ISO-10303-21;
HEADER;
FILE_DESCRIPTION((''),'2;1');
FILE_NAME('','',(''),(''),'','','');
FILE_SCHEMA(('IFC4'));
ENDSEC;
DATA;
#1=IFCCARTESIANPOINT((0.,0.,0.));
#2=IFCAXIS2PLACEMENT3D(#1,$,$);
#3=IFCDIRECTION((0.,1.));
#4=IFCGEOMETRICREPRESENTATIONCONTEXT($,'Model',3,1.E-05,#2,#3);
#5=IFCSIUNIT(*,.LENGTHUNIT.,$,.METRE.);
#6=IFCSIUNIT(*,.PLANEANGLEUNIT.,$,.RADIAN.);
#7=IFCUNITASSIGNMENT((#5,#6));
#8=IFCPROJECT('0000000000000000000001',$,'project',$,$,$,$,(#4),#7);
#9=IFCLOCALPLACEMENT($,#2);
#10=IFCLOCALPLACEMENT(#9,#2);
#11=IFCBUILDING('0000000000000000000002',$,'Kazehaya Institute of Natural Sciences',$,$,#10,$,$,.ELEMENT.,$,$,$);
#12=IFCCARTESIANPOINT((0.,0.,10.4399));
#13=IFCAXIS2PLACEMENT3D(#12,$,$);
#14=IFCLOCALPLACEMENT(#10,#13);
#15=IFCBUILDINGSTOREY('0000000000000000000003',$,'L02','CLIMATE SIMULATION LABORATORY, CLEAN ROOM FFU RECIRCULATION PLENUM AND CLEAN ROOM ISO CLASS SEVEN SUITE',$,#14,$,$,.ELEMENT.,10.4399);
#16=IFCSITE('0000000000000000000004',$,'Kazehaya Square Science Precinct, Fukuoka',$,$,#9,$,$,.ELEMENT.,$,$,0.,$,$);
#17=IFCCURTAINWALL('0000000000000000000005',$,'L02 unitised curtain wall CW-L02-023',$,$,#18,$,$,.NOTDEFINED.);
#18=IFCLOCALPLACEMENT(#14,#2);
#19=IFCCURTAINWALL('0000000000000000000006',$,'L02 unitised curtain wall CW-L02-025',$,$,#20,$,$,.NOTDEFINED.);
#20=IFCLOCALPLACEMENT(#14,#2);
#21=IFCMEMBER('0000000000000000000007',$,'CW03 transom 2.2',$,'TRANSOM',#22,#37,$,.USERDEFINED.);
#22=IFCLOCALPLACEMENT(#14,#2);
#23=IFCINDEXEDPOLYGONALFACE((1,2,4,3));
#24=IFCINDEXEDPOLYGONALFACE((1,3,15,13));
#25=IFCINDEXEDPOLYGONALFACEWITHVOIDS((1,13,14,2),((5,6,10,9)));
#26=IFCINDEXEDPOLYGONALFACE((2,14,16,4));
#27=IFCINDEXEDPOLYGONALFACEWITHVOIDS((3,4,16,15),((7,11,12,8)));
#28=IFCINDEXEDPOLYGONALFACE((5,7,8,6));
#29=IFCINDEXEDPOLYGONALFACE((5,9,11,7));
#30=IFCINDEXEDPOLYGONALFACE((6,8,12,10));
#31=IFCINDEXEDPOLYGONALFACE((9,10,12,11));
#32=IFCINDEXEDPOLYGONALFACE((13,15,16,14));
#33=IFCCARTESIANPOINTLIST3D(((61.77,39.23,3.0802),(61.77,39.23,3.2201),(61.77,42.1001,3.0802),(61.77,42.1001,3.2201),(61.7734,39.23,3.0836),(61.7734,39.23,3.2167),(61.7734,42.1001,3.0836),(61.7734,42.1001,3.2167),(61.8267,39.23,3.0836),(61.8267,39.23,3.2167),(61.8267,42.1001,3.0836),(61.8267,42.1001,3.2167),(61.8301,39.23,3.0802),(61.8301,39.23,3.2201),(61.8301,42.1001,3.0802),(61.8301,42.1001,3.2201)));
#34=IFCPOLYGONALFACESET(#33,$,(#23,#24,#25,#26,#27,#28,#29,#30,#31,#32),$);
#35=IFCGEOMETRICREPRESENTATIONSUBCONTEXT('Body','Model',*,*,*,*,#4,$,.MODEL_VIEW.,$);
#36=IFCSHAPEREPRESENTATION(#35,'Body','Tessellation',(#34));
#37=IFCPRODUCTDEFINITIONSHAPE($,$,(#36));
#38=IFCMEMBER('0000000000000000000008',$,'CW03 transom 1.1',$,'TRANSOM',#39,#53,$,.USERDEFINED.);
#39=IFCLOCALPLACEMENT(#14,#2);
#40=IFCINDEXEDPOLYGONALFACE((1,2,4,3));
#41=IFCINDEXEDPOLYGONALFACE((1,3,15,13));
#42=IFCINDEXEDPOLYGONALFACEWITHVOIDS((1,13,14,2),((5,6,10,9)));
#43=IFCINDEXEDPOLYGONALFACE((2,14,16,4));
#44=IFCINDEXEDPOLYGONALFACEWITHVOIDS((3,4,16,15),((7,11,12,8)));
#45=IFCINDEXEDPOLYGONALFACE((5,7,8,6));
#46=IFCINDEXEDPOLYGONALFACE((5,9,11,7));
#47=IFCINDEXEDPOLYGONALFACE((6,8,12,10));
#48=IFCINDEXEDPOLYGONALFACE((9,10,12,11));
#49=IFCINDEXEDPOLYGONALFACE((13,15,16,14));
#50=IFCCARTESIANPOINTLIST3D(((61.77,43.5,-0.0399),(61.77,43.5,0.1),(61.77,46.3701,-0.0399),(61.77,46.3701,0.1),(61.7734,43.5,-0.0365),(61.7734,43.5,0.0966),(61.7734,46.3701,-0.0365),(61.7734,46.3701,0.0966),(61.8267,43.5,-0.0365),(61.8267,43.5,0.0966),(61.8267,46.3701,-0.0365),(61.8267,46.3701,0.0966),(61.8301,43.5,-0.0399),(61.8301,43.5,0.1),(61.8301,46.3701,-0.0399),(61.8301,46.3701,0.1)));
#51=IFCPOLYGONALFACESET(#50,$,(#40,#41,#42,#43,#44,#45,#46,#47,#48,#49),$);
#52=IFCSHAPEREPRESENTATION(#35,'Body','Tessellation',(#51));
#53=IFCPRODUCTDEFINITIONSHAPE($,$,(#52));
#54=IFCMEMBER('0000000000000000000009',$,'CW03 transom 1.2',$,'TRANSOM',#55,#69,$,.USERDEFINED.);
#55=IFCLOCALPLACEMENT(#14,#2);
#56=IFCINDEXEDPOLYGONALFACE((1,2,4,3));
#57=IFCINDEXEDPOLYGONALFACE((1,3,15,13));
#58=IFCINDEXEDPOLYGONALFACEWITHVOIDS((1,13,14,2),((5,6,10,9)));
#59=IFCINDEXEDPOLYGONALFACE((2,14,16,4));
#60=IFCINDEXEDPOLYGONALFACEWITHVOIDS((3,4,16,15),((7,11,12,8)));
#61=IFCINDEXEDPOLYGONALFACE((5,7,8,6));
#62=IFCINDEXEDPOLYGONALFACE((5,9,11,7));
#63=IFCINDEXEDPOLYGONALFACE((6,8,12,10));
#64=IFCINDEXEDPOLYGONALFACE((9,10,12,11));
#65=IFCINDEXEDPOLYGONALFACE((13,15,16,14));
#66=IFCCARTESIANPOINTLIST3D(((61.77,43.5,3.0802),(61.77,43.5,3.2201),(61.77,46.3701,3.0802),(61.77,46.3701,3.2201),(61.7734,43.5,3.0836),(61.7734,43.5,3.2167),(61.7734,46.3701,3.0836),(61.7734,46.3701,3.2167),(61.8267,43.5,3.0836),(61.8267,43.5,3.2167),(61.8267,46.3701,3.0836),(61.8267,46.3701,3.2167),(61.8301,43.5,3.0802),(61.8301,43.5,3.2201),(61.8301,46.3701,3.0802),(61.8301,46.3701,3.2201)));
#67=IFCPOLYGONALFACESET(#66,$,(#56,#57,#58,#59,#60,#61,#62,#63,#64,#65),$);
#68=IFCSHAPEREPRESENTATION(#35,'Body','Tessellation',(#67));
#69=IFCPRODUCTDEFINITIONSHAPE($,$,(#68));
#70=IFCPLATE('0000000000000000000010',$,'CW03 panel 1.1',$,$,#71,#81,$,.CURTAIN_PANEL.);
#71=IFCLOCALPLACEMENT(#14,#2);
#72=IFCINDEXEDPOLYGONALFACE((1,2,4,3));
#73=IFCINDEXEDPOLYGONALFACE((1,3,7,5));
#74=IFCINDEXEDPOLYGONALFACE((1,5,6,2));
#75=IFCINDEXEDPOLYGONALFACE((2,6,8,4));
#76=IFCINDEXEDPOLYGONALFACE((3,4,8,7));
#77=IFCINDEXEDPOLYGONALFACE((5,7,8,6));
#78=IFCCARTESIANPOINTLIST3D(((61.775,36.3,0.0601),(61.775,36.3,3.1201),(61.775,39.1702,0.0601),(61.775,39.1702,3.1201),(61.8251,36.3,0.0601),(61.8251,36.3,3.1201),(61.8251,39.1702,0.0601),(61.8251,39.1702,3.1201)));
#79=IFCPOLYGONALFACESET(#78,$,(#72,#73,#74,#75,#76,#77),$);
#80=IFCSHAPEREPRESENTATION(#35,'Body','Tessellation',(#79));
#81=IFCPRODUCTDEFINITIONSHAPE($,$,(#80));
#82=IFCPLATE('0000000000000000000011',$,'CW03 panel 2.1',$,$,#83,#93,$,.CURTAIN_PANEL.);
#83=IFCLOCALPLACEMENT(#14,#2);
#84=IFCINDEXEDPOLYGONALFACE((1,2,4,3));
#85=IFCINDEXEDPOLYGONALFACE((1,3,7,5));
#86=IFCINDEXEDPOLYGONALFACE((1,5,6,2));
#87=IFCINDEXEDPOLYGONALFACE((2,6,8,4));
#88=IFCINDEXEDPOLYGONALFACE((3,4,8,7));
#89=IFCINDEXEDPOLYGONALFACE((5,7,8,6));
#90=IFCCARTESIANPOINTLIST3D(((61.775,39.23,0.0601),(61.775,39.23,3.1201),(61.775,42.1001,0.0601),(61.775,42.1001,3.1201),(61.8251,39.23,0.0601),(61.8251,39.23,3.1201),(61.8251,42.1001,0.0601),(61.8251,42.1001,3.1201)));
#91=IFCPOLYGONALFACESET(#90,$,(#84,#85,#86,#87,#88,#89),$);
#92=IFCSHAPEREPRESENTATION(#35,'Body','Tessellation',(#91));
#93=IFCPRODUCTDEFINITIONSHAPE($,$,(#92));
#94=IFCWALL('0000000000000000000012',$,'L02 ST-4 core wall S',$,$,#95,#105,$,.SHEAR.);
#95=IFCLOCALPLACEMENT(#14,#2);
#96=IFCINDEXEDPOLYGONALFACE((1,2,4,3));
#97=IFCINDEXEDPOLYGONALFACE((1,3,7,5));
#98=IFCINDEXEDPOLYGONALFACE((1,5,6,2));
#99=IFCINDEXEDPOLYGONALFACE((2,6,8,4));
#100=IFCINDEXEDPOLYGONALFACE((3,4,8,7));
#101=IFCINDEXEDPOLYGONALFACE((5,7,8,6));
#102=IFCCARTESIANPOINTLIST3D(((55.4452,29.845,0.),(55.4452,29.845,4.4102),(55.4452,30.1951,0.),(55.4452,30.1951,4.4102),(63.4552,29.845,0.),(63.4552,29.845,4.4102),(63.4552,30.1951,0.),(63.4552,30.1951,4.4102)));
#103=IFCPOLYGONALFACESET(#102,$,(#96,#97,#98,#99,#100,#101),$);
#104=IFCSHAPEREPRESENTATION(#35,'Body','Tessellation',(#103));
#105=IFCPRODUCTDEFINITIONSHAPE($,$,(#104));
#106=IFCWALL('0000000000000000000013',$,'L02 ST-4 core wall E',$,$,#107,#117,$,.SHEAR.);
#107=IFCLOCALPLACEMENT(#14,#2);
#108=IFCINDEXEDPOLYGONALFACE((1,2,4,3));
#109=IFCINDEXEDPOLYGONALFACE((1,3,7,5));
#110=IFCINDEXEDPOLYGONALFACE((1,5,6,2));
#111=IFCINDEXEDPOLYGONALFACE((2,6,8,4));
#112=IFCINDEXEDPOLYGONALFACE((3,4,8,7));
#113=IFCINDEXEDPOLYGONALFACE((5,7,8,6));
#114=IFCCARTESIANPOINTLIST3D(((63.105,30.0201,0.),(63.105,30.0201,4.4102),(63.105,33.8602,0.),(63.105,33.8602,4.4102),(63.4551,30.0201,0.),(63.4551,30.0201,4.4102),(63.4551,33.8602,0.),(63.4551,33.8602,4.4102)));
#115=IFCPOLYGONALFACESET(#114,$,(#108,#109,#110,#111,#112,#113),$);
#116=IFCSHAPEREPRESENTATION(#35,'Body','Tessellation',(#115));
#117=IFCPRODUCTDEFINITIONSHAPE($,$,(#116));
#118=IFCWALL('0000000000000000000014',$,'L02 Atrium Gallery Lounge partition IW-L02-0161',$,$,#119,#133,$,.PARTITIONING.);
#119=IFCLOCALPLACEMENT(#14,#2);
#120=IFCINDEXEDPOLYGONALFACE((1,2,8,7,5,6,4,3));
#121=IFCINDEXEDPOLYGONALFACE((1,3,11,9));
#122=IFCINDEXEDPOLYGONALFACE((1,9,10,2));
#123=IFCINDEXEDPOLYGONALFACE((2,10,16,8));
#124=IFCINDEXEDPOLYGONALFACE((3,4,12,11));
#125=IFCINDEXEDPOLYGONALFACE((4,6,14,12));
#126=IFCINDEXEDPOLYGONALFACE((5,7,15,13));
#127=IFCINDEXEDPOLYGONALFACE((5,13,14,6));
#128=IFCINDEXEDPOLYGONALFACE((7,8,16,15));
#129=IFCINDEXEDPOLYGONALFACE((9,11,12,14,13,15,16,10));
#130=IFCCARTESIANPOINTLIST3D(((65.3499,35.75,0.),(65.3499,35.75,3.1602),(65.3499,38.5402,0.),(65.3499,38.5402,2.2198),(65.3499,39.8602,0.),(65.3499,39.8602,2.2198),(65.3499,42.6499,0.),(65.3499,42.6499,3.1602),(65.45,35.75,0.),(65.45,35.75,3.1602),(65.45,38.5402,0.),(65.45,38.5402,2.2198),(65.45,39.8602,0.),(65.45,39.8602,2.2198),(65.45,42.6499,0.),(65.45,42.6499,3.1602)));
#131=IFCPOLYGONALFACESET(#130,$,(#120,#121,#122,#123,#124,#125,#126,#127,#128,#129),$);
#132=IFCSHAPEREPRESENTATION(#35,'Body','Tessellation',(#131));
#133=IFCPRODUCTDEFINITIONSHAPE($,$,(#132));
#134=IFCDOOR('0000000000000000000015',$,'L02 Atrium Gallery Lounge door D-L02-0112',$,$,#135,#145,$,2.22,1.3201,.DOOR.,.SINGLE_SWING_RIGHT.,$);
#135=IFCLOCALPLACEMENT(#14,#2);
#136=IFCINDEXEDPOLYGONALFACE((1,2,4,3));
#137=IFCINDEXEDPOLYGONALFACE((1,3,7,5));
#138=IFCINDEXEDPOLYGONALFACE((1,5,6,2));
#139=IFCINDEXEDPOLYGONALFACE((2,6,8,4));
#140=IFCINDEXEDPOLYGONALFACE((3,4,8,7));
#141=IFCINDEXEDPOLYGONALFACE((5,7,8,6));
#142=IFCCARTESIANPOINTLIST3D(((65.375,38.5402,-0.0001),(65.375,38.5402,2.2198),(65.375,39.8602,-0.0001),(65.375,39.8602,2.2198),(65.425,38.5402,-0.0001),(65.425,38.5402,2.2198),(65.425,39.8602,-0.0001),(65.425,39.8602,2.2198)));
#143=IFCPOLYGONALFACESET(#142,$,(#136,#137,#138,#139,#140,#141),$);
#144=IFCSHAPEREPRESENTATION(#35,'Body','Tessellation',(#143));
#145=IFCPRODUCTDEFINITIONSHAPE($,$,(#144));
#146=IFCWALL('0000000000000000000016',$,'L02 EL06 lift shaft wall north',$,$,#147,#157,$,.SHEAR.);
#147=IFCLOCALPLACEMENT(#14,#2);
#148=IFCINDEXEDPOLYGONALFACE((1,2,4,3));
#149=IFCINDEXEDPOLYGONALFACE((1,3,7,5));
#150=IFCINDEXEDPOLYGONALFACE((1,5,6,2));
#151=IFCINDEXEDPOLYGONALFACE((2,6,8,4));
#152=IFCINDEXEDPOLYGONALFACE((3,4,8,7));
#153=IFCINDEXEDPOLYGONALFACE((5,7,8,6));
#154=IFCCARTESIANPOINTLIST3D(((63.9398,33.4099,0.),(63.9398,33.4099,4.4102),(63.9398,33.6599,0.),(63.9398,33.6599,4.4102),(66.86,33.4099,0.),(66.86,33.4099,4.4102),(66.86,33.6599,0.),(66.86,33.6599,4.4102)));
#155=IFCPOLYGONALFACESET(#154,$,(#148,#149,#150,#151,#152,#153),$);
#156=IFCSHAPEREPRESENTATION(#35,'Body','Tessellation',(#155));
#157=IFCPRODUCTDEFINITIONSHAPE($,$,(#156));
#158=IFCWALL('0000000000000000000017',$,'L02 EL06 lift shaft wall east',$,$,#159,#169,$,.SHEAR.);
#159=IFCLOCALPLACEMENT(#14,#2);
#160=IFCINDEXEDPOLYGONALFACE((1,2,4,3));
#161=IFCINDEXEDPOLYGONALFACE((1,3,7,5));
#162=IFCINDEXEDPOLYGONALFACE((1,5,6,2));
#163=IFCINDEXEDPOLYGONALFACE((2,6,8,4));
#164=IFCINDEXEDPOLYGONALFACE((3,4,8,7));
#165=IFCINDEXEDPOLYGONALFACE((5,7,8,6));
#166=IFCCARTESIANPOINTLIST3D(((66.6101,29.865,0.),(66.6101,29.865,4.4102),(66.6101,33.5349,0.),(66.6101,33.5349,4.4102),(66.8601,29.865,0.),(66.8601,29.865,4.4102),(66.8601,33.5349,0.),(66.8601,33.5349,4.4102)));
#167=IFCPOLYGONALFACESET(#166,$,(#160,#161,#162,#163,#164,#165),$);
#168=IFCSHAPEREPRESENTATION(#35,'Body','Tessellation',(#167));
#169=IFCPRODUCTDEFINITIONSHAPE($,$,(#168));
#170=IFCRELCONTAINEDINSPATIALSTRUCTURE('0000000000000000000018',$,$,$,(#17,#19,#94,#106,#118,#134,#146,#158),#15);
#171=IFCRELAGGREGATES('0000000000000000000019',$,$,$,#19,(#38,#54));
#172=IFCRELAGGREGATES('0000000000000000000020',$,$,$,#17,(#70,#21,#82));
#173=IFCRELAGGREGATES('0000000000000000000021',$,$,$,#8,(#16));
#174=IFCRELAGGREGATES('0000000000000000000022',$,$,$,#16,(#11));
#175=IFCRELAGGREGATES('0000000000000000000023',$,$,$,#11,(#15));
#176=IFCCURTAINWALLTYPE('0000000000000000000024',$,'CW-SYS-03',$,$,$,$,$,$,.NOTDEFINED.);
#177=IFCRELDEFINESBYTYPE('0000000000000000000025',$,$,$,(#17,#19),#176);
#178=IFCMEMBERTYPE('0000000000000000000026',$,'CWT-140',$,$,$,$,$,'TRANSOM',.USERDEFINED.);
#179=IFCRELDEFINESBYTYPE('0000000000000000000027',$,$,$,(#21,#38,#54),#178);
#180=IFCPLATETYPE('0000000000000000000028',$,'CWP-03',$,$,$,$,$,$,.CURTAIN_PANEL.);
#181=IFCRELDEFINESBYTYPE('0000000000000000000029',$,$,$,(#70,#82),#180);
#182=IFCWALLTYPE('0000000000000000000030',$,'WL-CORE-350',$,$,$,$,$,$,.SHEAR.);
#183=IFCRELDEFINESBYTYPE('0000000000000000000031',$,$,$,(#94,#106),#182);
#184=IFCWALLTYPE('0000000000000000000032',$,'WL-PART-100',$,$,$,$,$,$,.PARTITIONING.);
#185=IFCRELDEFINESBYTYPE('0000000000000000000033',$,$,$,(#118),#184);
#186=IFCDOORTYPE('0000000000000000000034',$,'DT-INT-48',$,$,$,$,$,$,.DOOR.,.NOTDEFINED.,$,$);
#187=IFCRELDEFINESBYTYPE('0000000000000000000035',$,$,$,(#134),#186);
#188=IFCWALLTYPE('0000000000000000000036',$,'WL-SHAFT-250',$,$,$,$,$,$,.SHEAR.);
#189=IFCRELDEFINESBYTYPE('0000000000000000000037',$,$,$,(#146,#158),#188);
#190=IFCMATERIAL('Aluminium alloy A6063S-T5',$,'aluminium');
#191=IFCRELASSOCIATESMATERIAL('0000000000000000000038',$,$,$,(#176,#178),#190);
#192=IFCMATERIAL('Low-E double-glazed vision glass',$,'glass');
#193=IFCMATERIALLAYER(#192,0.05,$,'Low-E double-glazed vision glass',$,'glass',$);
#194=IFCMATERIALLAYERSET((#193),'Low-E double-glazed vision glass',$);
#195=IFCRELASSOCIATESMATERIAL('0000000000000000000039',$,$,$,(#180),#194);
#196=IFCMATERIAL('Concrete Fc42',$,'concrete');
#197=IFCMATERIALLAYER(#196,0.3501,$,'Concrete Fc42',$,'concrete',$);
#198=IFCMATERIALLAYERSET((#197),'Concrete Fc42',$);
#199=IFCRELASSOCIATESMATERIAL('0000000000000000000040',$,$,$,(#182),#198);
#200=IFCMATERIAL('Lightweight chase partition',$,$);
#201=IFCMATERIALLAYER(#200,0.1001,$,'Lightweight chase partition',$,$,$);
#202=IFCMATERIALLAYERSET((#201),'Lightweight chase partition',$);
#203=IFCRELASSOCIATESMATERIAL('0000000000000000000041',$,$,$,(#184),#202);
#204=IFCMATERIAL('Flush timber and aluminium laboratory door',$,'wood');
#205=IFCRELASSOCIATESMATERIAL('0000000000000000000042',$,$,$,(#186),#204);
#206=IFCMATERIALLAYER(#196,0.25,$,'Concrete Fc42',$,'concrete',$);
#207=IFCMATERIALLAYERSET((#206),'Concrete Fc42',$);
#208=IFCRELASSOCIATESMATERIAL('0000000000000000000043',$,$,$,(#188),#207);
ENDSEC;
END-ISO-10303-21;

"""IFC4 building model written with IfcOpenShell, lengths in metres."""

from ifc_helpers import new_model, si_unit, direction, frame, frame_2d, origin, origin_2d, place, context, subcontext, project, spatial, rectangle, hollow_rectangle, extrude, material, layer, layer_set, material_profile, profile_set, type_object, element, fill, aggregate, save


model = new_model("IFC4")

# Units and contexts
model_context = context("Model", 3, precision=1e-05, world=origin(), true_north=direction((0.0, 1.0)))
body_context = subcontext(model_context, "Body", "Model", "MODEL_VIEW")
ifc_project = project(units=[si_unit("LENGTHUNIT", "METRE"), si_unit("PLANEANGLEUNIT", "RADIAN")], contexts=[model_context])

# Site, building, storey
site_placement = place(None, origin())
site = spatial("IfcSite", under=ifc_project, at=site_placement, Name="Kazehaya Square Science Precinct, Fukuoka", CompositionType="ELEMENT", RefElevation=0.0)
building_placement = place(site_placement, origin())
building = spatial("IfcBuilding", under=site, at=building_placement, Name="Kazehaya Institute of Natural Sciences", CompositionType="ELEMENT")
storey_placement = place(building_placement, frame((0.0, 0.0, 10.4399)))
storey = spatial("IfcBuildingStorey", under=building, at=storey_placement, Name="L02", Description="CLIMATE SIMULATION LABORATORY, CLEAN ROOM FFU RECIRCULATION PLENUM AND CLEAN ROOM ISO CLASS SEVEN SUITE", CompositionType="ELEMENT", Elevation=10.4399)

# Shared definitions
ifc_material_1 = material(Name="Concrete Fc42", Category="concrete")

# Curtain wall
ifc_material_2 = material(Name="Aluminium alloy A6063S-T5", Category="aluminium")
curtain_wall_type = type_object("IfcCurtainWallType", Name="CW-SYS-03", PredefinedType="NOTDEFINED", material=ifc_material_2)
curtain_wall_1_placement = place(storey_placement, origin())
curtain_wall_1 = element("IfcCurtainWall", 1, at=curtain_wall_1_placement, inside=storey, type_object=curtain_wall_type, Name="L02 unitised curtain wall CW-L02-023", PredefinedType="NOTDEFINED")

# Curtain wall
curtain_wall_2_placement = place(storey_placement, origin())
curtain_wall_2 = element("IfcCurtainWall", 2, at=curtain_wall_2_placement, inside=storey, type_object=curtain_wall_type, Name="L02 unitised curtain wall CW-L02-025", PredefinedType="NOTDEFINED")

# Members
ifc_material_profile_1 = material_profile(ifc_material_2, hollow_rectangle(XDim=0.0601, YDim=0.1399, WallThickness=0.0034, at=origin_2d()), Name="ALU-60x140x3.5")
ifc_profile_set_1 = profile_set([ifc_material_profile_1], Name="Aluminium alloy A6063S-T5")
member_type_1 = type_object("IfcMemberType", Name="CWT-140", ElementType="TRANSOM", PredefinedType="USERDEFINED", material=ifc_profile_set_1)
member_1_placement = place(storey_placement, frame((61.8, 39.23, 3.1501), z_axis=(0.0, 1.0, 0.0), x_axis=(-1.0, 0.0, 0.0)))
member_1 = element("IfcMember", 3, at=member_1_placement, type_object=member_type_1, Name="CW03 transom 2.2", ObjectType="TRANSOM", PredefinedType="USERDEFINED", context=body_context, shape_type="SweptSolid", body=[
    extrude(hollow_rectangle(XDim=0.0601, YDim=0.1399, WallThickness=0.0034, at=origin_2d()), origin(), (0.0, 0.0, 1.0), 2.8701),
])
member_2_placement = place(storey_placement, frame((61.8, 43.5, 0.03), z_axis=(0.0, 1.0, 0.0), x_axis=(-1.0, 0.0, 0.0)))
member_2 = element("IfcMember", 4, at=member_2_placement, type_object=member_type_1, Name="CW03 transom 1.1", ObjectType="TRANSOM", PredefinedType="USERDEFINED", context=body_context, shape_type="SweptSolid", body=[
    extrude(hollow_rectangle(XDim=0.0601, YDim=0.1399, WallThickness=0.0034, at=origin_2d()), origin(), (0.0, 0.0, 1.0), 2.8701),
])
member_3_placement = place(storey_placement, frame((61.8, 43.5, 3.1501), z_axis=(0.0, 1.0, 0.0), x_axis=(-1.0, 0.0, 0.0)))
member_3 = element("IfcMember", 5, at=member_3_placement, type_object=member_type_1, Name="CW03 transom 1.2", ObjectType="TRANSOM", PredefinedType="USERDEFINED", context=body_context, shape_type="SweptSolid", body=[
    extrude(hollow_rectangle(XDim=0.0601, YDim=0.1399, WallThickness=0.0034, at=origin_2d()), origin(), (0.0, 0.0, 1.0), 2.8701),
])
aggregate(curtain_wall_2, [member_2, member_3])

# Plates
ifc_material_3 = material(Name="Low-E double-glazed vision glass", Category="glass")
ifc_layer_1 = layer(ifc_material_3, 0.05, Name="Low-E double-glazed vision glass", Category="glass")
ifc_layer_set_1 = layer_set([ifc_layer_1], Name="Low-E double-glazed vision glass")
plate_type = type_object("IfcPlateType", Name="CWP-03", PredefinedType="CURTAIN_PANEL", material=ifc_layer_set_1)
plate_1_placement = place(storey_placement, frame((61.8, 37.7351, 0.0601), z_axis=(0.0, 0.0, 1.0), x_axis=(0.0, 1.0, 0.0)))
plate_1 = element("IfcPlate", 6, at=plate_1_placement, type_object=plate_type, Name="CW03 panel 1.1", PredefinedType="CURTAIN_PANEL", context=body_context, shape_type="SweptSolid", body=[
    extrude(rectangle(XDim=2.8701, YDim=0.05, at=origin_2d()), origin(), (0.0, 0.0, 1.0), 3.0601),
])
plate_2_placement = place(storey_placement, frame((61.8, 40.665, 0.0601), z_axis=(0.0, 0.0, 1.0), x_axis=(0.0, 1.0, 0.0)))
plate_2 = element("IfcPlate", 7, at=plate_2_placement, type_object=plate_type, Name="CW03 panel 2.1", PredefinedType="CURTAIN_PANEL", context=body_context, shape_type="SweptSolid", body=[
    extrude(rectangle(XDim=2.8701, YDim=0.05, at=origin_2d()), origin(), (0.0, 0.0, 1.0), 3.0601),
])
aggregate(curtain_wall_1, [plate_1, member_1, plate_2])

# Walls
ifc_layer_2 = layer(ifc_material_1, 0.3501, Name="Concrete Fc42", Category="concrete")
ifc_layer_set_2 = layer_set([ifc_layer_2], Name="Concrete Fc42")
wall_type_1 = type_object("IfcWallType", Name="WL-CORE-350", PredefinedType="SHEAR", material=ifc_layer_set_2)
wall_1_placement = place(storey_placement, frame((63.4551, 30.02, 0.0), z_axis=(0.0, 0.0, 1.0), x_axis=(-1.0, 0.0, 0.0)))
element("IfcWall", 8, at=wall_1_placement, inside=storey, type_object=wall_type_1, Name="L02 ST-4 core wall S", PredefinedType="SHEAR", context=body_context, shape_type="SweptSolid", body=[
    extrude(rectangle(XDim=8.01, YDim=0.3501, at=frame_2d((4.0049, 0.0))), origin(), (0.0, 0.0, 1.0), 4.4102),
])
wall_2_placement = place(storey_placement, frame((63.28, 33.8601, 0.0), z_axis=(0.0, 0.0, 1.0), x_axis=(0.0, -1.0, 0.0)))
element("IfcWall", 9, at=wall_2_placement, inside=storey, type_object=wall_type_1, Name="L02 ST-4 core wall E", PredefinedType="SHEAR", context=body_context, shape_type="SweptSolid", body=[
    extrude(rectangle(XDim=3.8401, YDim=0.3501, at=frame_2d((1.9199, 0.0))), origin(), (0.0, 0.0, 1.0), 4.4102),
])

# Wall, opening, door
ifc_material_4 = material(Name="Lightweight chase partition")
ifc_layer_3 = layer(ifc_material_4, 0.1001, Name="Lightweight chase partition")
ifc_layer_set_3 = layer_set([ifc_layer_3], Name="Lightweight chase partition")
wall_type_2 = type_object("IfcWallType", Name="WL-PART-100", PredefinedType="PARTITIONING", material=ifc_layer_set_3)
wall_3_placement = place(storey_placement, frame((65.3999, 35.75, 0.0), z_axis=(0.0, 0.0, 1.0), x_axis=(0.0, 1.0, 0.0)))
wall_3 = element("IfcWall", 10, at=wall_3_placement, inside=storey, type_object=wall_type_2, Name="L02 Atrium Gallery Lounge partition IW-L02-0161", PredefinedType="PARTITIONING", context=body_context, shape_type="SweptSolid", body=[
    extrude(rectangle(XDim=6.8999, YDim=0.1001, at=frame_2d((3.45, 0.0))), origin(), (0.0, 0.0, 1.0), 3.1602),
])
opening_placement = place(wall_3_placement, frame((2.79, 0.0, 0.0)))
opening = element("IfcOpeningElement", 11, at=opening_placement, cuts=wall_3, PredefinedType="OPENING", context=body_context, shape_type="SweptSolid", body=[
    extrude(rectangle(XDim=1.3201, YDim=2.22, at=frame_2d((0.6602, 1.1099))), frame((0.0, 0.0601, 0.0), z_axis=(0.0, -1.0, 0.0), x_axis=(1.0, 0.0, 0.0)), (0.0, 0.0, 1.0), 0.1201),
])
ifc_material_5 = material(Name="Flush timber and aluminium laboratory door", Category="wood")
door_type = type_object("IfcDoorType", Name="DT-INT-48", OperationType="NOTDEFINED", PredefinedType="DOOR", material=ifc_material_5)
door_placement = place(opening_placement, origin())
door = element("IfcDoor", 12, at=door_placement, inside=storey, type_object=door_type, Name="L02 Atrium Gallery Lounge door D-L02-0112", OperationType="SINGLE_SWING_RIGHT", OverallHeight=2.22, OverallWidth=1.3201, PredefinedType="DOOR", context=body_context, shape_type="SweptSolid", body=[
    extrude(rectangle(XDim=1.3201, YDim=2.22, at=frame_2d((0.6602, 1.1099))), frame((0.0, 0.0249, 0.0), z_axis=(0.0, -1.0, 0.0), x_axis=(1.0, 0.0, 0.0)), (0.0, 0.0, 1.0), 0.05),
])
fill(opening, door)

# Walls
ifc_layer_4 = layer(ifc_material_1, 0.25, Name="Concrete Fc42", Category="concrete")
ifc_layer_set_4 = layer_set([ifc_layer_4], Name="Concrete Fc42")
wall_type_3 = type_object("IfcWallType", Name="WL-SHAFT-250", PredefinedType="SHEAR", material=ifc_layer_set_4)
wall_4_placement = place(storey_placement, frame((63.9399, 33.5349, 0.0), z_axis=(0.0, 0.0, 1.0), x_axis=(1.0, 0.0, 0.0)))
element("IfcWall", 13, at=wall_4_placement, inside=storey, type_object=wall_type_3, Name="L02 EL06 lift shaft wall north", PredefinedType="SHEAR", context=body_context, shape_type="SweptSolid", body=[
    extrude(rectangle(XDim=2.9202, YDim=0.25, at=frame_2d((1.46, 0.0))), origin(), (0.0, 0.0, 1.0), 4.4102),
])
wall_5_placement = place(storey_placement, frame((66.7351, 33.5349, 0.0), z_axis=(0.0, 0.0, 1.0), x_axis=(0.0, -1.0, 0.0)))
element("IfcWall", 14, at=wall_5_placement, inside=storey, type_object=wall_type_3, Name="L02 EL06 lift shaft wall east", PredefinedType="SHEAR", context=body_context, shape_type="SweptSolid", body=[
    extrude(rectangle(XDim=3.6699, YDim=0.25, at=frame_2d((1.835, 0.0))), origin(), (0.0, 0.0, 1.0), 4.4102),
])

save(model, "model.ifc")
